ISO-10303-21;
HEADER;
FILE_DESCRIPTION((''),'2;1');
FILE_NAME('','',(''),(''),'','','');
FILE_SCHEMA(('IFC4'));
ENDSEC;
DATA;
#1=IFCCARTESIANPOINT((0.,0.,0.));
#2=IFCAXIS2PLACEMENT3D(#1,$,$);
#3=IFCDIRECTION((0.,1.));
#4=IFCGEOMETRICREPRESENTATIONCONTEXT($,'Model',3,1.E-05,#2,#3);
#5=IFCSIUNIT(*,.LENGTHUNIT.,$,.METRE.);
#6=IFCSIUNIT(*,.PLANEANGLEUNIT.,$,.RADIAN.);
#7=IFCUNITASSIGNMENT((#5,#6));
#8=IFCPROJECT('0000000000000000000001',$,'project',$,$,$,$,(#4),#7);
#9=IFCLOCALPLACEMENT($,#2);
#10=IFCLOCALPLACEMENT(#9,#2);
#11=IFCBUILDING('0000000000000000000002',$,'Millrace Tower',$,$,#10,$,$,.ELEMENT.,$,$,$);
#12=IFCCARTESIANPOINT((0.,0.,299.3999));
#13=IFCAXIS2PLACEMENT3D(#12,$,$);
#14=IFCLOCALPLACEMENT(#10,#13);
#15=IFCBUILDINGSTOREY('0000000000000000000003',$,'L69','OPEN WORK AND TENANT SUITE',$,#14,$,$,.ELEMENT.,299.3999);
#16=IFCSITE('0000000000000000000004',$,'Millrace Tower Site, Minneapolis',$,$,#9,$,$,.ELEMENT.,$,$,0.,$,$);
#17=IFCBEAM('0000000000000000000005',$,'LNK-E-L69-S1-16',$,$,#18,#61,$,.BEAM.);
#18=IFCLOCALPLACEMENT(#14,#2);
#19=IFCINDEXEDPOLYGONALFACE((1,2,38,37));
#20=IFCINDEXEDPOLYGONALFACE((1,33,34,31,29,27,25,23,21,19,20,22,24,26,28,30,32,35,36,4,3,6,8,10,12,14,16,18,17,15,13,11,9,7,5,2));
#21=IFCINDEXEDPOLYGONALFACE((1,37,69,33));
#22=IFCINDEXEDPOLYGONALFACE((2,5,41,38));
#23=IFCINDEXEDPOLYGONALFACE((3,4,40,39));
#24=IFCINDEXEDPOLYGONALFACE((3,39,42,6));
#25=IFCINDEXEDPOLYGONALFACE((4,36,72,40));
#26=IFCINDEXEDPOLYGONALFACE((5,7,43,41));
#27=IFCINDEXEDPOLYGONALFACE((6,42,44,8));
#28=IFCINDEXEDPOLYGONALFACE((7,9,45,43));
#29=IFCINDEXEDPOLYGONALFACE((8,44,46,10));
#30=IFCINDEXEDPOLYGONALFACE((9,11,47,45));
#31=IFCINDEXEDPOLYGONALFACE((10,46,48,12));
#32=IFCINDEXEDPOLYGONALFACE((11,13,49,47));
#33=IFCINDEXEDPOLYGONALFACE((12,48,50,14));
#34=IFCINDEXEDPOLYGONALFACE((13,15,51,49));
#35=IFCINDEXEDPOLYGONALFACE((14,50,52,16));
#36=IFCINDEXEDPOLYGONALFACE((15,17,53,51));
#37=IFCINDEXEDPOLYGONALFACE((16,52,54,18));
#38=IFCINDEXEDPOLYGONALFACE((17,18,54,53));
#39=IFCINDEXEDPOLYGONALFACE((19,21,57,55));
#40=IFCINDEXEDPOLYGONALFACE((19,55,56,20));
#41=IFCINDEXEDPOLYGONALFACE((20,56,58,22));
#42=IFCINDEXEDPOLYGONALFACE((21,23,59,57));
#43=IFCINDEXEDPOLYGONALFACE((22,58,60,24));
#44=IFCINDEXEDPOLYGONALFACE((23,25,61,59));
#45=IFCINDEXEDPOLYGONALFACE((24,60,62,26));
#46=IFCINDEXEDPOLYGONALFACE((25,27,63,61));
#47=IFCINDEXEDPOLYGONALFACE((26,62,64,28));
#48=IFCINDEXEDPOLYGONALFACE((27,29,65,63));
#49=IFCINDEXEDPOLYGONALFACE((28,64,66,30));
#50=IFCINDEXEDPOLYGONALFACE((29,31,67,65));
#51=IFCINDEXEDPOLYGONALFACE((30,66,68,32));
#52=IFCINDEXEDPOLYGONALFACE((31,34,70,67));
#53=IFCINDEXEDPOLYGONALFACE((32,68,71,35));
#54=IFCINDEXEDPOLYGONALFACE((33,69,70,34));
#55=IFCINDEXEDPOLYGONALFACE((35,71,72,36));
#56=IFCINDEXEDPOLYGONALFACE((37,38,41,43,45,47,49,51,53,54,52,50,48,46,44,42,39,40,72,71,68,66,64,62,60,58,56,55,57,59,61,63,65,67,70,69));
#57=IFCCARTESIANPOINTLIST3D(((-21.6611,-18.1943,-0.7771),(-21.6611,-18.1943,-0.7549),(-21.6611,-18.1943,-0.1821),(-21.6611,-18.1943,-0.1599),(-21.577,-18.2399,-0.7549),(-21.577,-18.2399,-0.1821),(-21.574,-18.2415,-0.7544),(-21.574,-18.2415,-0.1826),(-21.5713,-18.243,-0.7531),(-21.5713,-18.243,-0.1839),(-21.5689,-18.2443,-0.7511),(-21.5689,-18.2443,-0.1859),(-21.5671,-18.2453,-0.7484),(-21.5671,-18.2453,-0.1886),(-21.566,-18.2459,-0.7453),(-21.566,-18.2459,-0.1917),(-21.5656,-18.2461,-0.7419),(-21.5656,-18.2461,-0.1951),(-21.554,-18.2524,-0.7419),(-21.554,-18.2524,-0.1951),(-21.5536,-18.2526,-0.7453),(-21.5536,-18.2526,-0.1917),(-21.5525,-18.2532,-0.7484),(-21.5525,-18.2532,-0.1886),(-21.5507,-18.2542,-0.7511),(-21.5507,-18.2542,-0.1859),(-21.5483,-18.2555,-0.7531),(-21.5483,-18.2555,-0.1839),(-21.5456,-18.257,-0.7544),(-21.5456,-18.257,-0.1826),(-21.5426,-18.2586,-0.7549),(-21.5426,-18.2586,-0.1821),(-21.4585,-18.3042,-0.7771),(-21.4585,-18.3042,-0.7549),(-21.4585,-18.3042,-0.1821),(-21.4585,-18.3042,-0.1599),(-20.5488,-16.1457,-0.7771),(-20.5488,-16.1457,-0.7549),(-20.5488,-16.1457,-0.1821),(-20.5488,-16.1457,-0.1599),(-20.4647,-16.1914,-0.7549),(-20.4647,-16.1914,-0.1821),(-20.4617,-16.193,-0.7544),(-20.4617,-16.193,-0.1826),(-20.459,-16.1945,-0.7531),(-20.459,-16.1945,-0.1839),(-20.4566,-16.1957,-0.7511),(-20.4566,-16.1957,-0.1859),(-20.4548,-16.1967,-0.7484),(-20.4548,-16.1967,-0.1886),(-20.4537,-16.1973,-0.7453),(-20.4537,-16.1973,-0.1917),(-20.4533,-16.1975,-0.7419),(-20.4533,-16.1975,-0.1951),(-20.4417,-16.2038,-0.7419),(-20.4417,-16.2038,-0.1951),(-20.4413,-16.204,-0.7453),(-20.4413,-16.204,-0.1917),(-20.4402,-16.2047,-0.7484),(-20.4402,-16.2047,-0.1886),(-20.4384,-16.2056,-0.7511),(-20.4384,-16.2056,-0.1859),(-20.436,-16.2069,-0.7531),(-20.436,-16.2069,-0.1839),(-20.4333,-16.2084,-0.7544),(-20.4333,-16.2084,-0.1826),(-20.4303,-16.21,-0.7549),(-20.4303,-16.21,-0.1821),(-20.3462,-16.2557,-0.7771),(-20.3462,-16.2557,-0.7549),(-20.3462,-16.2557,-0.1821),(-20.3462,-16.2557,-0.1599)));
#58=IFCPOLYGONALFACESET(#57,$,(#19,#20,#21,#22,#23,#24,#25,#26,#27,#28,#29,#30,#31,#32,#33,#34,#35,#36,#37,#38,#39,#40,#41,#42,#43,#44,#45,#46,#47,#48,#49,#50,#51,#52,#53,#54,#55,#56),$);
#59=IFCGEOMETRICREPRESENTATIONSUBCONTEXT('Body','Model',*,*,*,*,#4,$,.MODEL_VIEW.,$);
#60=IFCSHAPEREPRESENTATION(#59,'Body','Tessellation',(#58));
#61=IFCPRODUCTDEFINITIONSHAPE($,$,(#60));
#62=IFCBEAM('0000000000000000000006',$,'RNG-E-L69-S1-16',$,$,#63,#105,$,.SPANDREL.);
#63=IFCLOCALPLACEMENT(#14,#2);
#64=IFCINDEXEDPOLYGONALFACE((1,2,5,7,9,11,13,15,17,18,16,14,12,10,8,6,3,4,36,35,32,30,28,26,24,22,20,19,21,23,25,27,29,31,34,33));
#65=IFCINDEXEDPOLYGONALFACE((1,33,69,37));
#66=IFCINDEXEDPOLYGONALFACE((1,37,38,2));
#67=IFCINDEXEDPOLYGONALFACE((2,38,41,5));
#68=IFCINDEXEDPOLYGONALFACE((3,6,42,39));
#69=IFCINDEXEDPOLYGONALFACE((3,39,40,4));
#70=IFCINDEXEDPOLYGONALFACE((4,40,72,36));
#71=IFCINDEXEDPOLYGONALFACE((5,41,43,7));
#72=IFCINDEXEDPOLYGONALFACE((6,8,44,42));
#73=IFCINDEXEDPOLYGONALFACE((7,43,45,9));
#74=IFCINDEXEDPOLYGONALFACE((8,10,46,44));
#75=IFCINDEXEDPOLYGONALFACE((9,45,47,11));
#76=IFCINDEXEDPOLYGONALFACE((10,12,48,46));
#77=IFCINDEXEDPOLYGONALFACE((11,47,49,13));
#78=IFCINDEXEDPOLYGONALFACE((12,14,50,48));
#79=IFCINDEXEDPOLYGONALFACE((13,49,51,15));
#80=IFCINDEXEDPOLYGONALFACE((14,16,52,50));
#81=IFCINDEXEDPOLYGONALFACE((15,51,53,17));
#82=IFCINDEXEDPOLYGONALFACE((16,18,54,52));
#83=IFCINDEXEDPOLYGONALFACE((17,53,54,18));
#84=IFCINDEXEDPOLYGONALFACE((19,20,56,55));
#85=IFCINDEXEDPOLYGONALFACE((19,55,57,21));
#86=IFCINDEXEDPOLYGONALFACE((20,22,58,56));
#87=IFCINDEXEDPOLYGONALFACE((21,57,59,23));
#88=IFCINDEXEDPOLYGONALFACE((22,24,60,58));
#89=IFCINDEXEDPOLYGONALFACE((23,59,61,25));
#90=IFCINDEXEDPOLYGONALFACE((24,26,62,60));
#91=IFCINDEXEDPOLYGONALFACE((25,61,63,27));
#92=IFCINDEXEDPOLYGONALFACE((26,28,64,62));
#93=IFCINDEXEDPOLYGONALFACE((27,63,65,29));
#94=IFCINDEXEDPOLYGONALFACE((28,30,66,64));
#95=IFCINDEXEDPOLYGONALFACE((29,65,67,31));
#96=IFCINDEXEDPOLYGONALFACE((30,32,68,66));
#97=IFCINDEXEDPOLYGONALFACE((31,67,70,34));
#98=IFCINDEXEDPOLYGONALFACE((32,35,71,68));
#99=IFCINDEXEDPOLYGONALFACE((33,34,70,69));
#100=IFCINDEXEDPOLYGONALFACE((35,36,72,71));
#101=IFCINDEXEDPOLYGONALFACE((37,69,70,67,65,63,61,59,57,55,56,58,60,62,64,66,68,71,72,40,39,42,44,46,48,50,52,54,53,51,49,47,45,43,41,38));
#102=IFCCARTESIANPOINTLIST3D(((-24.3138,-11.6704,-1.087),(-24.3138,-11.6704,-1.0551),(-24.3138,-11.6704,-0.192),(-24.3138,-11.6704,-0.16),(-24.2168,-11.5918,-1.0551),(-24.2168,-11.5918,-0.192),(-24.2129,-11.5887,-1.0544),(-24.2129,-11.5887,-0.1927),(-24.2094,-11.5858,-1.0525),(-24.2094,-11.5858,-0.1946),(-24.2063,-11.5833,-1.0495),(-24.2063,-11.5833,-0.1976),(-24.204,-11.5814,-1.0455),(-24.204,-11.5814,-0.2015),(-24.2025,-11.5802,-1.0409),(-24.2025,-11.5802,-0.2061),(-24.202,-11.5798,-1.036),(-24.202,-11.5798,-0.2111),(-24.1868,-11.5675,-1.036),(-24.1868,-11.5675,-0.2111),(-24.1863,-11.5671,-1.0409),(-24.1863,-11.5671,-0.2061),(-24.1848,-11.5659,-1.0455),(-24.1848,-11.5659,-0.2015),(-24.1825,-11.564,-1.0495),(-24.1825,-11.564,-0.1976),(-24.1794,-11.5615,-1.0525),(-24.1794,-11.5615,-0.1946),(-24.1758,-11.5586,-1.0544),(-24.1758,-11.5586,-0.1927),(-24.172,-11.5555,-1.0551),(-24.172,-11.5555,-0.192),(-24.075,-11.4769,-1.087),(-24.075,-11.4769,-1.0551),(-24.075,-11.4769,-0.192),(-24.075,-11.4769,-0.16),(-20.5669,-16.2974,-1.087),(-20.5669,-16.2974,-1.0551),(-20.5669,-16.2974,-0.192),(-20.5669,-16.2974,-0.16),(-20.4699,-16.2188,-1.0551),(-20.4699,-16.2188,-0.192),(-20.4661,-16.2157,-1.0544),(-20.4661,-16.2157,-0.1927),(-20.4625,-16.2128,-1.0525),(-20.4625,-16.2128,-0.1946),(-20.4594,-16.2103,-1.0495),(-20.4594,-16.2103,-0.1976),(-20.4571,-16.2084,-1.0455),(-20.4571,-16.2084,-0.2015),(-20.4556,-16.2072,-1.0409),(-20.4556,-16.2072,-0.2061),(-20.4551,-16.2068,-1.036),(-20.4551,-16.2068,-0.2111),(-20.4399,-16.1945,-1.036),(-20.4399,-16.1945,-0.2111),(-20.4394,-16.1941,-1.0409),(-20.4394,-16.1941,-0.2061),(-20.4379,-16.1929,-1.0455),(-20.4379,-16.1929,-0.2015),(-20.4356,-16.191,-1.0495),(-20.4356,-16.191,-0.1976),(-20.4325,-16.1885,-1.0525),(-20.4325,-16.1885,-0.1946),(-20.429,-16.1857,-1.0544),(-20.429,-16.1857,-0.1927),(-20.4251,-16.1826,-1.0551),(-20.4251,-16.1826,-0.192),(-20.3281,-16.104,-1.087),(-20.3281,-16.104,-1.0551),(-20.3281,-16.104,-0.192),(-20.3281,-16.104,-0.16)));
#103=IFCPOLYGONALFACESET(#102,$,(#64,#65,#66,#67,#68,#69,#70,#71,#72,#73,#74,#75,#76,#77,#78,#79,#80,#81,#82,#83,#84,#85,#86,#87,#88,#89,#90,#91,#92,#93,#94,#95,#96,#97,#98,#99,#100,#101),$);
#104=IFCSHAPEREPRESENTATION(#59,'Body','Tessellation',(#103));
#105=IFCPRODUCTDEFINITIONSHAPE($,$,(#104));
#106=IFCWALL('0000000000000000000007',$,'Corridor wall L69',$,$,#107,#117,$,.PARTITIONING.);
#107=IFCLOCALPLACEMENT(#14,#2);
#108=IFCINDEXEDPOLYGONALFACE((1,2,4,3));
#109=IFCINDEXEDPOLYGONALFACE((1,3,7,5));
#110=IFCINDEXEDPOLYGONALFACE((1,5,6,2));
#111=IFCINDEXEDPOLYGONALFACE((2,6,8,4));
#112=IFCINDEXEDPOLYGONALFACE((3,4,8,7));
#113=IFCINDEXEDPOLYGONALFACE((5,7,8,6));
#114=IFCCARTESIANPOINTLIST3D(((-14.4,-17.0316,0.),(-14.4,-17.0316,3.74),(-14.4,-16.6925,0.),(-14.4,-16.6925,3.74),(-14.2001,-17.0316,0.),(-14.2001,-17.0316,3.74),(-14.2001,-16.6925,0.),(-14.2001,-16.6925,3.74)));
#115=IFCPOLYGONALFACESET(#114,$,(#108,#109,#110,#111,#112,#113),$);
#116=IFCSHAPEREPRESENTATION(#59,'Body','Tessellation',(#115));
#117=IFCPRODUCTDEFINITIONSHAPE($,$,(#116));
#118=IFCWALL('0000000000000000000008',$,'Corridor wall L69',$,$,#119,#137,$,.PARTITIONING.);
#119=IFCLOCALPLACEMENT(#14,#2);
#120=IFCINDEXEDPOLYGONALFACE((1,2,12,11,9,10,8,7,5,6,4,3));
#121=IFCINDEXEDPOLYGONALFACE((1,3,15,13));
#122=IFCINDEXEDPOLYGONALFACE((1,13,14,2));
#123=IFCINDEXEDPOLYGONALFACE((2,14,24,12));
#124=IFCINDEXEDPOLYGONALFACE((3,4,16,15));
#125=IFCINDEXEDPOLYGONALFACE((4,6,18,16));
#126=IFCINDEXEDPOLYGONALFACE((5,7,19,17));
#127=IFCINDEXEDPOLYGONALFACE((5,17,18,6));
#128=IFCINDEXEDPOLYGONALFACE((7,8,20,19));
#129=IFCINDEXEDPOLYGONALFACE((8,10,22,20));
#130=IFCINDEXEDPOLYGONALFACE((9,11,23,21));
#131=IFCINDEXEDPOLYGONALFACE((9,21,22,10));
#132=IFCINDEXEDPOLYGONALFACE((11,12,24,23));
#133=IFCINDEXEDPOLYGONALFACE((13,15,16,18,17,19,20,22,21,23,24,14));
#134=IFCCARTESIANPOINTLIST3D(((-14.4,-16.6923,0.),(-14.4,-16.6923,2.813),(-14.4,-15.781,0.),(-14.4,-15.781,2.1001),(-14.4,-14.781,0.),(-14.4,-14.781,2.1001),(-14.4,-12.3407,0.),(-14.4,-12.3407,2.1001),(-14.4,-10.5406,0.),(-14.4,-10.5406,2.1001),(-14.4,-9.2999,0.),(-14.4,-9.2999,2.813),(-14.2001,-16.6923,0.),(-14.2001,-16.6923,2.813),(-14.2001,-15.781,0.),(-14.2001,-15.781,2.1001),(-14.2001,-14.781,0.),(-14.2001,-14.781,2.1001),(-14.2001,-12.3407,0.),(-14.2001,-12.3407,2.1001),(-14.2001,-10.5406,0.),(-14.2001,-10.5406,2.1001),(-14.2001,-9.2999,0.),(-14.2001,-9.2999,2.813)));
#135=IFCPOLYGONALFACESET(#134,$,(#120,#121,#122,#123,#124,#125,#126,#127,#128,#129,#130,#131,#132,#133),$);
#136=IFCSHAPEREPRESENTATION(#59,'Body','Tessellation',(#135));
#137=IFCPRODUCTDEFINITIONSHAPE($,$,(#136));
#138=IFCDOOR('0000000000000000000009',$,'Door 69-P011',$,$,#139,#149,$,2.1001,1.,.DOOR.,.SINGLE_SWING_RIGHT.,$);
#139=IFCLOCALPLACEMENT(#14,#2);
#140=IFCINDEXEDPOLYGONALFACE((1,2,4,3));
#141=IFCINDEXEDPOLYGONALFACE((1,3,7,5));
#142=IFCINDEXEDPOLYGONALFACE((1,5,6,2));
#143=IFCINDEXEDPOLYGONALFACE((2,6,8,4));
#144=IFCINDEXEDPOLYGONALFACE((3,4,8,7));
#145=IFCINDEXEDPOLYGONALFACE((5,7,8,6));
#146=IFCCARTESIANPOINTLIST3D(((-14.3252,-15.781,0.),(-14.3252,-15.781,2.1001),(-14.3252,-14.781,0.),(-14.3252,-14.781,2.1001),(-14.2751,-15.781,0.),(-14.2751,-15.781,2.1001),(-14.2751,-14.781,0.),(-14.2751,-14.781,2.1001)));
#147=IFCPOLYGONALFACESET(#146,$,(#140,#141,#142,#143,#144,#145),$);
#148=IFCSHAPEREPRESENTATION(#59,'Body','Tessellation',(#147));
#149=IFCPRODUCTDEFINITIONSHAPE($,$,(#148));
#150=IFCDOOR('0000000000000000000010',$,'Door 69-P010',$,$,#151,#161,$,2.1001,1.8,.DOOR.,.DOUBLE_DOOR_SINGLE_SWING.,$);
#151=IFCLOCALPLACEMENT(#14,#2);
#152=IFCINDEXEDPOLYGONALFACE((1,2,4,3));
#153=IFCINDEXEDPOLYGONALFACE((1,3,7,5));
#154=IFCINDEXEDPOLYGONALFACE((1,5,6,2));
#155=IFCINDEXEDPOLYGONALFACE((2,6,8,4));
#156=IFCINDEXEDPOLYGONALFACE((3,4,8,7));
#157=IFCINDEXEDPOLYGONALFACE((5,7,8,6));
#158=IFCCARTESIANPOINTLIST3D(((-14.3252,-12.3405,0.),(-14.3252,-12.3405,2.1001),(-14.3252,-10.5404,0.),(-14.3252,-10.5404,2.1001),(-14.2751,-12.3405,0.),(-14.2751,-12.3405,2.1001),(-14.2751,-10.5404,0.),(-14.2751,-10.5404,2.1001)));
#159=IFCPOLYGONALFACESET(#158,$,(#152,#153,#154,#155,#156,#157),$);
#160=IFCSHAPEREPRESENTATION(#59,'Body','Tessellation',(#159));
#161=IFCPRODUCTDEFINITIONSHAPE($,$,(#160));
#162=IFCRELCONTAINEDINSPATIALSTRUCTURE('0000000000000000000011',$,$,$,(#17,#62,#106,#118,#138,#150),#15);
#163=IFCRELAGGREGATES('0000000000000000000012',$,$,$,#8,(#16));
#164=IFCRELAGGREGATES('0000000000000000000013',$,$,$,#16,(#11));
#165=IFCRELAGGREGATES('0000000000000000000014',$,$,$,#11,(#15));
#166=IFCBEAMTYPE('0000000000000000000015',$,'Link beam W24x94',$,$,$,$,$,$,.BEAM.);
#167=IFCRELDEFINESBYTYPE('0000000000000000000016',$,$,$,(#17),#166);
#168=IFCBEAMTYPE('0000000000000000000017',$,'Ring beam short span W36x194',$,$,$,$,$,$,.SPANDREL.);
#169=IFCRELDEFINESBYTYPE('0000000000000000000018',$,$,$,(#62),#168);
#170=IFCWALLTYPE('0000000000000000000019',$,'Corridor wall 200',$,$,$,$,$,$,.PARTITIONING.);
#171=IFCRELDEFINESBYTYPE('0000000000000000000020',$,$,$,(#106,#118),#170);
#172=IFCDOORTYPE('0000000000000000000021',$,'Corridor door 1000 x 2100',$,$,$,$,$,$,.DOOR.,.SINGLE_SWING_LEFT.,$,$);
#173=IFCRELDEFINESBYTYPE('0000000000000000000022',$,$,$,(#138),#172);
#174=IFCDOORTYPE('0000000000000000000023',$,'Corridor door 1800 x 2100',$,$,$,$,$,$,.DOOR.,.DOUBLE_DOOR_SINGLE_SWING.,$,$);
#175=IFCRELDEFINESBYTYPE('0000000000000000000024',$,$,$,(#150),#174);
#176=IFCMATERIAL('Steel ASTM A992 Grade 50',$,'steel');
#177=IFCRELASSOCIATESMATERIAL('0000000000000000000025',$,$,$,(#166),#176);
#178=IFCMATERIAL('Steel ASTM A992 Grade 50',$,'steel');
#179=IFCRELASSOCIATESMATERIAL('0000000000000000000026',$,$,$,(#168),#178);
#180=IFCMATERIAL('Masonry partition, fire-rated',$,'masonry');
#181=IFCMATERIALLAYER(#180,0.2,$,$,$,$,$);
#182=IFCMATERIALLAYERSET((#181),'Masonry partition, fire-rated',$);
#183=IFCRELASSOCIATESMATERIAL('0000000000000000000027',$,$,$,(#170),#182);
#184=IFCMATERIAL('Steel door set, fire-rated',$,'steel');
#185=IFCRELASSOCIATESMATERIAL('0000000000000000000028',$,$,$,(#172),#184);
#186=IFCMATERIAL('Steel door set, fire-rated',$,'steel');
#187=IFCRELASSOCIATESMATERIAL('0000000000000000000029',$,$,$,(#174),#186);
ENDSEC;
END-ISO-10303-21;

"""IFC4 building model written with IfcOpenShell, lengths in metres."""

from ifc_helpers import new_model, si_unit, direction, frame, frame_2d, origin, origin_2d, place, context, subcontext, project, spatial, rectangle, i_section, extrude, material, layer, layer_set, material_profile, profile_set, type_object, element, fill, save


model = new_model("IFC4")

# Units and contexts
model_context = context("Model", 3, precision=1e-05, world=origin(), true_north=direction((0.0, 1.0)))
body_context = subcontext(model_context, "Body", "Model", "MODEL_VIEW")
ifc_project = project(units=[si_unit("LENGTHUNIT", "METRE"), si_unit("PLANEANGLEUNIT", "RADIAN")], contexts=[model_context])

# Site, building, storey
site_placement = place(None, origin())
site = spatial("IfcSite", under=ifc_project, at=site_placement, Name="Millrace Tower Site, Minneapolis", CompositionType="ELEMENT", RefElevation=0.0)
building_placement = place(site_placement, origin())
building = spatial("IfcBuilding", under=site, at=building_placement, Name="Millrace Tower", CompositionType="ELEMENT")
storey_placement = place(building_placement, frame((0.0, 0.0, 299.3999)))
storey = spatial("IfcBuildingStorey", under=building, at=storey_placement, Name="L69", Description="OPEN WORK AND TENANT SUITE", CompositionType="ELEMENT", Elevation=299.3999)

# Beams
ifc_material_1 = material(Name="Steel ASTM A992 Grade 50", Category="steel")
ifc_material_profile_1 = material_profile(ifc_material_1, i_section(OverallWidth=0.2305, OverallDepth=0.6172, WebThickness=0.0132, FlangeThickness=0.0222, FilletRadius=0.0129, at=origin_2d()))
ifc_profile_set_1 = profile_set([ifc_material_profile_1], Name="Steel ASTM A992 Grade 50")
beam_type_1 = type_object("IfcBeamType", Name="Link beam W24x94", PredefinedType="BEAM", material=ifc_profile_set_1)
beam_1_placement = place(storey_placement, frame((-20.4475, -16.2007, -0.4685), z_axis=(-0.477164, -0.878815, 0.0), x_axis=(0.878815, -0.477164, 0.0)))
element("IfcBeam", 1, at=beam_1_placement, inside=storey, type_object=beam_type_1, Name="LNK-E-L69-S1-16", PredefinedType="BEAM", context=body_context, shape_type="SweptSolid", body=[
    extrude(i_section(OverallWidth=0.2305, OverallDepth=0.6172, WebThickness=0.0132, FlangeThickness=0.0222, FilletRadius=0.0129, at=origin_2d()), origin(), (0.0, 0.0, 1.0), 2.3311),
])
ifc_material_2 = material(Name="Steel ASTM A992 Grade 50", Category="steel")
ifc_material_profile_2 = material_profile(ifc_material_2, i_section(OverallWidth=0.3074, OverallDepth=0.927, WebThickness=0.0195, FlangeThickness=0.032, FilletRadius=0.019, at=origin_2d()))
ifc_profile_set_2 = profile_set([ifc_material_profile_2], Name="Steel ASTM A992 Grade 50")
beam_type_2 = type_object("IfcBeamType", Name="Ring beam short span W36x194", PredefinedType="SPANDREL", material=ifc_profile_set_2)
beam_2_placement = place(storey_placement, frame((-20.4475, -16.2007, -0.6235), z_axis=(-0.62932, 0.777147, 0.0), x_axis=(-0.777147, -0.62932, 0.0)))
element("IfcBeam", 2, at=beam_2_placement, inside=storey, type_object=beam_type_2, Name="RNG-E-L69-S1-16", PredefinedType="SPANDREL", context=body_context, shape_type="SweptSolid", body=[
    extrude(i_section(OverallWidth=0.3074, OverallDepth=0.927, WebThickness=0.0195, FlangeThickness=0.032, FilletRadius=0.019, at=origin_2d()), origin(), (0.0, 0.0, 1.0), 5.9539),
])

# Wall
ifc_material_3 = material(Name="Masonry partition, fire-rated", Category="masonry")
ifc_layer_1 = layer(ifc_material_3, 0.2)
ifc_layer_set_1 = layer_set([ifc_layer_1], Name="Masonry partition, fire-rated")
wall_type_1 = type_object("IfcWallType", Name="Corridor wall 200", PredefinedType="PARTITIONING", material=ifc_layer_set_1)
wall_1_placement = place(storey_placement, frame((-14.3, -17.0315, 0.0), z_axis=(0.0, 0.0, 1.0), x_axis=(0.0, 1.0, 0.0)))
element("IfcWall", 3, at=wall_1_placement, inside=storey, type_object=wall_type_1, Name="Corridor wall L69", PredefinedType="PARTITIONING", context=body_context, shape_type="SweptSolid", body=[
    extrude(rectangle(XDim=0.3391, YDim=0.2, at=frame_2d((0.1694, 0.0))), origin(), (0.0, 0.0, 1.0), 3.74),
])

# Wall, openings, doors
wall_2_placement = place(storey_placement, frame((-14.3, -16.6924, 0.0), z_axis=(0.0, 0.0, 1.0), x_axis=(0.0, 1.0, 0.0)))
wall_2 = element("IfcWall", 4, at=wall_2_placement, inside=storey, type_object=wall_type_1, Name="Corridor wall L69", PredefinedType="PARTITIONING", context=body_context, shape_type="SweptSolid", body=[
    extrude(rectangle(XDim=7.3923, YDim=0.2, at=frame_2d((3.6963, 0.0))), origin(), (0.0, 0.0, 1.0), 2.813),
])
opening_1_placement = place(wall_2_placement, frame((4.3518, 0.0, 0.0)))
opening_1 = element("IfcOpeningElement", 5, at=opening_1_placement, cuts=wall_2, PredefinedType="OPENING", context=body_context, shape_type="SweptSolid", body=[
    extrude(rectangle(XDim=1.8, YDim=2.1001, at=frame_2d((0.8999, 1.05))), frame((0.0, 0.1099, 0.0), z_axis=(0.0, -1.0, 0.0), x_axis=(1.0, 0.0, 0.0)), (0.0, 0.0, 1.0), 0.22),
])
opening_2_placement = place(wall_2_placement, frame((0.9114, 0.0, 0.0)))
opening_2 = element("IfcOpeningElement", 6, at=opening_2_placement, cuts=wall_2, PredefinedType="OPENING", context=body_context, shape_type="SweptSolid", body=[
    extrude(rectangle(XDim=1.0, YDim=2.1001, at=frame_2d((0.5, 1.05))), frame((0.0, 0.1099, 0.0), z_axis=(0.0, -1.0, 0.0), x_axis=(1.0, 0.0, 0.0)), (0.0, 0.0, 1.0), 0.22),
])
ifc_material_4 = material(Name="Steel door set, fire-rated", Category="steel")
door_type_1 = type_object("IfcDoorType", Name="Corridor door 1000 x 2100", OperationType="SINGLE_SWING_LEFT", PredefinedType="DOOR", material=ifc_material_4)
door_1_placement = place(opening_2_placement, frame((1.0, 0.0, 0.0), z_axis=(0.0, 0.0, 1.0), x_axis=(-1.0, 0.0, 0.0)))
door_1 = element("IfcDoor", 7, at=door_1_placement, inside=storey, type_object=door_type_1, Name="Door 69-P011", OperationType="SINGLE_SWING_RIGHT", OverallHeight=2.1001, OverallWidth=1.0, PredefinedType="DOOR", context=body_context, shape_type="SweptSolid", body=[
    extrude(rectangle(XDim=1.0, YDim=2.1001, at=frame_2d((0.5, 1.05))), frame((0.0, 0.0249, 0.0), z_axis=(0.0, -1.0, 0.0), x_axis=(1.0, 0.0, 0.0)), (0.0, 0.0, 1.0), 0.05),
])
fill(opening_2, door_1)
ifc_material_5 = material(Name="Steel door set, fire-rated", Category="steel")
door_type_2 = type_object("IfcDoorType", Name="Corridor door 1800 x 2100", OperationType="DOUBLE_DOOR_SINGLE_SWING", PredefinedType="DOOR", material=ifc_material_5)
door_2_placement = place(opening_1_placement, frame((1.8, 0.0, 0.0), z_axis=(0.0, 0.0, 1.0), x_axis=(-1.0, 0.0, 0.0)))
door_2 = element("IfcDoor", 8, at=door_2_placement, inside=storey, type_object=door_type_2, Name="Door 69-P010", OperationType="DOUBLE_DOOR_SINGLE_SWING", OverallHeight=2.1001, OverallWidth=1.8, PredefinedType="DOOR", context=body_context, shape_type="SweptSolid", body=[
    extrude(rectangle(XDim=1.8, YDim=2.1001, at=frame_2d((0.8999, 1.05))), frame((0.0, 0.0249, 0.0), z_axis=(0.0, -1.0, 0.0), x_axis=(1.0, 0.0, 0.0)), (0.0, 0.0, 1.0), 0.05),
])
fill(opening_1, door_2)

save(model, "model.ifc")
